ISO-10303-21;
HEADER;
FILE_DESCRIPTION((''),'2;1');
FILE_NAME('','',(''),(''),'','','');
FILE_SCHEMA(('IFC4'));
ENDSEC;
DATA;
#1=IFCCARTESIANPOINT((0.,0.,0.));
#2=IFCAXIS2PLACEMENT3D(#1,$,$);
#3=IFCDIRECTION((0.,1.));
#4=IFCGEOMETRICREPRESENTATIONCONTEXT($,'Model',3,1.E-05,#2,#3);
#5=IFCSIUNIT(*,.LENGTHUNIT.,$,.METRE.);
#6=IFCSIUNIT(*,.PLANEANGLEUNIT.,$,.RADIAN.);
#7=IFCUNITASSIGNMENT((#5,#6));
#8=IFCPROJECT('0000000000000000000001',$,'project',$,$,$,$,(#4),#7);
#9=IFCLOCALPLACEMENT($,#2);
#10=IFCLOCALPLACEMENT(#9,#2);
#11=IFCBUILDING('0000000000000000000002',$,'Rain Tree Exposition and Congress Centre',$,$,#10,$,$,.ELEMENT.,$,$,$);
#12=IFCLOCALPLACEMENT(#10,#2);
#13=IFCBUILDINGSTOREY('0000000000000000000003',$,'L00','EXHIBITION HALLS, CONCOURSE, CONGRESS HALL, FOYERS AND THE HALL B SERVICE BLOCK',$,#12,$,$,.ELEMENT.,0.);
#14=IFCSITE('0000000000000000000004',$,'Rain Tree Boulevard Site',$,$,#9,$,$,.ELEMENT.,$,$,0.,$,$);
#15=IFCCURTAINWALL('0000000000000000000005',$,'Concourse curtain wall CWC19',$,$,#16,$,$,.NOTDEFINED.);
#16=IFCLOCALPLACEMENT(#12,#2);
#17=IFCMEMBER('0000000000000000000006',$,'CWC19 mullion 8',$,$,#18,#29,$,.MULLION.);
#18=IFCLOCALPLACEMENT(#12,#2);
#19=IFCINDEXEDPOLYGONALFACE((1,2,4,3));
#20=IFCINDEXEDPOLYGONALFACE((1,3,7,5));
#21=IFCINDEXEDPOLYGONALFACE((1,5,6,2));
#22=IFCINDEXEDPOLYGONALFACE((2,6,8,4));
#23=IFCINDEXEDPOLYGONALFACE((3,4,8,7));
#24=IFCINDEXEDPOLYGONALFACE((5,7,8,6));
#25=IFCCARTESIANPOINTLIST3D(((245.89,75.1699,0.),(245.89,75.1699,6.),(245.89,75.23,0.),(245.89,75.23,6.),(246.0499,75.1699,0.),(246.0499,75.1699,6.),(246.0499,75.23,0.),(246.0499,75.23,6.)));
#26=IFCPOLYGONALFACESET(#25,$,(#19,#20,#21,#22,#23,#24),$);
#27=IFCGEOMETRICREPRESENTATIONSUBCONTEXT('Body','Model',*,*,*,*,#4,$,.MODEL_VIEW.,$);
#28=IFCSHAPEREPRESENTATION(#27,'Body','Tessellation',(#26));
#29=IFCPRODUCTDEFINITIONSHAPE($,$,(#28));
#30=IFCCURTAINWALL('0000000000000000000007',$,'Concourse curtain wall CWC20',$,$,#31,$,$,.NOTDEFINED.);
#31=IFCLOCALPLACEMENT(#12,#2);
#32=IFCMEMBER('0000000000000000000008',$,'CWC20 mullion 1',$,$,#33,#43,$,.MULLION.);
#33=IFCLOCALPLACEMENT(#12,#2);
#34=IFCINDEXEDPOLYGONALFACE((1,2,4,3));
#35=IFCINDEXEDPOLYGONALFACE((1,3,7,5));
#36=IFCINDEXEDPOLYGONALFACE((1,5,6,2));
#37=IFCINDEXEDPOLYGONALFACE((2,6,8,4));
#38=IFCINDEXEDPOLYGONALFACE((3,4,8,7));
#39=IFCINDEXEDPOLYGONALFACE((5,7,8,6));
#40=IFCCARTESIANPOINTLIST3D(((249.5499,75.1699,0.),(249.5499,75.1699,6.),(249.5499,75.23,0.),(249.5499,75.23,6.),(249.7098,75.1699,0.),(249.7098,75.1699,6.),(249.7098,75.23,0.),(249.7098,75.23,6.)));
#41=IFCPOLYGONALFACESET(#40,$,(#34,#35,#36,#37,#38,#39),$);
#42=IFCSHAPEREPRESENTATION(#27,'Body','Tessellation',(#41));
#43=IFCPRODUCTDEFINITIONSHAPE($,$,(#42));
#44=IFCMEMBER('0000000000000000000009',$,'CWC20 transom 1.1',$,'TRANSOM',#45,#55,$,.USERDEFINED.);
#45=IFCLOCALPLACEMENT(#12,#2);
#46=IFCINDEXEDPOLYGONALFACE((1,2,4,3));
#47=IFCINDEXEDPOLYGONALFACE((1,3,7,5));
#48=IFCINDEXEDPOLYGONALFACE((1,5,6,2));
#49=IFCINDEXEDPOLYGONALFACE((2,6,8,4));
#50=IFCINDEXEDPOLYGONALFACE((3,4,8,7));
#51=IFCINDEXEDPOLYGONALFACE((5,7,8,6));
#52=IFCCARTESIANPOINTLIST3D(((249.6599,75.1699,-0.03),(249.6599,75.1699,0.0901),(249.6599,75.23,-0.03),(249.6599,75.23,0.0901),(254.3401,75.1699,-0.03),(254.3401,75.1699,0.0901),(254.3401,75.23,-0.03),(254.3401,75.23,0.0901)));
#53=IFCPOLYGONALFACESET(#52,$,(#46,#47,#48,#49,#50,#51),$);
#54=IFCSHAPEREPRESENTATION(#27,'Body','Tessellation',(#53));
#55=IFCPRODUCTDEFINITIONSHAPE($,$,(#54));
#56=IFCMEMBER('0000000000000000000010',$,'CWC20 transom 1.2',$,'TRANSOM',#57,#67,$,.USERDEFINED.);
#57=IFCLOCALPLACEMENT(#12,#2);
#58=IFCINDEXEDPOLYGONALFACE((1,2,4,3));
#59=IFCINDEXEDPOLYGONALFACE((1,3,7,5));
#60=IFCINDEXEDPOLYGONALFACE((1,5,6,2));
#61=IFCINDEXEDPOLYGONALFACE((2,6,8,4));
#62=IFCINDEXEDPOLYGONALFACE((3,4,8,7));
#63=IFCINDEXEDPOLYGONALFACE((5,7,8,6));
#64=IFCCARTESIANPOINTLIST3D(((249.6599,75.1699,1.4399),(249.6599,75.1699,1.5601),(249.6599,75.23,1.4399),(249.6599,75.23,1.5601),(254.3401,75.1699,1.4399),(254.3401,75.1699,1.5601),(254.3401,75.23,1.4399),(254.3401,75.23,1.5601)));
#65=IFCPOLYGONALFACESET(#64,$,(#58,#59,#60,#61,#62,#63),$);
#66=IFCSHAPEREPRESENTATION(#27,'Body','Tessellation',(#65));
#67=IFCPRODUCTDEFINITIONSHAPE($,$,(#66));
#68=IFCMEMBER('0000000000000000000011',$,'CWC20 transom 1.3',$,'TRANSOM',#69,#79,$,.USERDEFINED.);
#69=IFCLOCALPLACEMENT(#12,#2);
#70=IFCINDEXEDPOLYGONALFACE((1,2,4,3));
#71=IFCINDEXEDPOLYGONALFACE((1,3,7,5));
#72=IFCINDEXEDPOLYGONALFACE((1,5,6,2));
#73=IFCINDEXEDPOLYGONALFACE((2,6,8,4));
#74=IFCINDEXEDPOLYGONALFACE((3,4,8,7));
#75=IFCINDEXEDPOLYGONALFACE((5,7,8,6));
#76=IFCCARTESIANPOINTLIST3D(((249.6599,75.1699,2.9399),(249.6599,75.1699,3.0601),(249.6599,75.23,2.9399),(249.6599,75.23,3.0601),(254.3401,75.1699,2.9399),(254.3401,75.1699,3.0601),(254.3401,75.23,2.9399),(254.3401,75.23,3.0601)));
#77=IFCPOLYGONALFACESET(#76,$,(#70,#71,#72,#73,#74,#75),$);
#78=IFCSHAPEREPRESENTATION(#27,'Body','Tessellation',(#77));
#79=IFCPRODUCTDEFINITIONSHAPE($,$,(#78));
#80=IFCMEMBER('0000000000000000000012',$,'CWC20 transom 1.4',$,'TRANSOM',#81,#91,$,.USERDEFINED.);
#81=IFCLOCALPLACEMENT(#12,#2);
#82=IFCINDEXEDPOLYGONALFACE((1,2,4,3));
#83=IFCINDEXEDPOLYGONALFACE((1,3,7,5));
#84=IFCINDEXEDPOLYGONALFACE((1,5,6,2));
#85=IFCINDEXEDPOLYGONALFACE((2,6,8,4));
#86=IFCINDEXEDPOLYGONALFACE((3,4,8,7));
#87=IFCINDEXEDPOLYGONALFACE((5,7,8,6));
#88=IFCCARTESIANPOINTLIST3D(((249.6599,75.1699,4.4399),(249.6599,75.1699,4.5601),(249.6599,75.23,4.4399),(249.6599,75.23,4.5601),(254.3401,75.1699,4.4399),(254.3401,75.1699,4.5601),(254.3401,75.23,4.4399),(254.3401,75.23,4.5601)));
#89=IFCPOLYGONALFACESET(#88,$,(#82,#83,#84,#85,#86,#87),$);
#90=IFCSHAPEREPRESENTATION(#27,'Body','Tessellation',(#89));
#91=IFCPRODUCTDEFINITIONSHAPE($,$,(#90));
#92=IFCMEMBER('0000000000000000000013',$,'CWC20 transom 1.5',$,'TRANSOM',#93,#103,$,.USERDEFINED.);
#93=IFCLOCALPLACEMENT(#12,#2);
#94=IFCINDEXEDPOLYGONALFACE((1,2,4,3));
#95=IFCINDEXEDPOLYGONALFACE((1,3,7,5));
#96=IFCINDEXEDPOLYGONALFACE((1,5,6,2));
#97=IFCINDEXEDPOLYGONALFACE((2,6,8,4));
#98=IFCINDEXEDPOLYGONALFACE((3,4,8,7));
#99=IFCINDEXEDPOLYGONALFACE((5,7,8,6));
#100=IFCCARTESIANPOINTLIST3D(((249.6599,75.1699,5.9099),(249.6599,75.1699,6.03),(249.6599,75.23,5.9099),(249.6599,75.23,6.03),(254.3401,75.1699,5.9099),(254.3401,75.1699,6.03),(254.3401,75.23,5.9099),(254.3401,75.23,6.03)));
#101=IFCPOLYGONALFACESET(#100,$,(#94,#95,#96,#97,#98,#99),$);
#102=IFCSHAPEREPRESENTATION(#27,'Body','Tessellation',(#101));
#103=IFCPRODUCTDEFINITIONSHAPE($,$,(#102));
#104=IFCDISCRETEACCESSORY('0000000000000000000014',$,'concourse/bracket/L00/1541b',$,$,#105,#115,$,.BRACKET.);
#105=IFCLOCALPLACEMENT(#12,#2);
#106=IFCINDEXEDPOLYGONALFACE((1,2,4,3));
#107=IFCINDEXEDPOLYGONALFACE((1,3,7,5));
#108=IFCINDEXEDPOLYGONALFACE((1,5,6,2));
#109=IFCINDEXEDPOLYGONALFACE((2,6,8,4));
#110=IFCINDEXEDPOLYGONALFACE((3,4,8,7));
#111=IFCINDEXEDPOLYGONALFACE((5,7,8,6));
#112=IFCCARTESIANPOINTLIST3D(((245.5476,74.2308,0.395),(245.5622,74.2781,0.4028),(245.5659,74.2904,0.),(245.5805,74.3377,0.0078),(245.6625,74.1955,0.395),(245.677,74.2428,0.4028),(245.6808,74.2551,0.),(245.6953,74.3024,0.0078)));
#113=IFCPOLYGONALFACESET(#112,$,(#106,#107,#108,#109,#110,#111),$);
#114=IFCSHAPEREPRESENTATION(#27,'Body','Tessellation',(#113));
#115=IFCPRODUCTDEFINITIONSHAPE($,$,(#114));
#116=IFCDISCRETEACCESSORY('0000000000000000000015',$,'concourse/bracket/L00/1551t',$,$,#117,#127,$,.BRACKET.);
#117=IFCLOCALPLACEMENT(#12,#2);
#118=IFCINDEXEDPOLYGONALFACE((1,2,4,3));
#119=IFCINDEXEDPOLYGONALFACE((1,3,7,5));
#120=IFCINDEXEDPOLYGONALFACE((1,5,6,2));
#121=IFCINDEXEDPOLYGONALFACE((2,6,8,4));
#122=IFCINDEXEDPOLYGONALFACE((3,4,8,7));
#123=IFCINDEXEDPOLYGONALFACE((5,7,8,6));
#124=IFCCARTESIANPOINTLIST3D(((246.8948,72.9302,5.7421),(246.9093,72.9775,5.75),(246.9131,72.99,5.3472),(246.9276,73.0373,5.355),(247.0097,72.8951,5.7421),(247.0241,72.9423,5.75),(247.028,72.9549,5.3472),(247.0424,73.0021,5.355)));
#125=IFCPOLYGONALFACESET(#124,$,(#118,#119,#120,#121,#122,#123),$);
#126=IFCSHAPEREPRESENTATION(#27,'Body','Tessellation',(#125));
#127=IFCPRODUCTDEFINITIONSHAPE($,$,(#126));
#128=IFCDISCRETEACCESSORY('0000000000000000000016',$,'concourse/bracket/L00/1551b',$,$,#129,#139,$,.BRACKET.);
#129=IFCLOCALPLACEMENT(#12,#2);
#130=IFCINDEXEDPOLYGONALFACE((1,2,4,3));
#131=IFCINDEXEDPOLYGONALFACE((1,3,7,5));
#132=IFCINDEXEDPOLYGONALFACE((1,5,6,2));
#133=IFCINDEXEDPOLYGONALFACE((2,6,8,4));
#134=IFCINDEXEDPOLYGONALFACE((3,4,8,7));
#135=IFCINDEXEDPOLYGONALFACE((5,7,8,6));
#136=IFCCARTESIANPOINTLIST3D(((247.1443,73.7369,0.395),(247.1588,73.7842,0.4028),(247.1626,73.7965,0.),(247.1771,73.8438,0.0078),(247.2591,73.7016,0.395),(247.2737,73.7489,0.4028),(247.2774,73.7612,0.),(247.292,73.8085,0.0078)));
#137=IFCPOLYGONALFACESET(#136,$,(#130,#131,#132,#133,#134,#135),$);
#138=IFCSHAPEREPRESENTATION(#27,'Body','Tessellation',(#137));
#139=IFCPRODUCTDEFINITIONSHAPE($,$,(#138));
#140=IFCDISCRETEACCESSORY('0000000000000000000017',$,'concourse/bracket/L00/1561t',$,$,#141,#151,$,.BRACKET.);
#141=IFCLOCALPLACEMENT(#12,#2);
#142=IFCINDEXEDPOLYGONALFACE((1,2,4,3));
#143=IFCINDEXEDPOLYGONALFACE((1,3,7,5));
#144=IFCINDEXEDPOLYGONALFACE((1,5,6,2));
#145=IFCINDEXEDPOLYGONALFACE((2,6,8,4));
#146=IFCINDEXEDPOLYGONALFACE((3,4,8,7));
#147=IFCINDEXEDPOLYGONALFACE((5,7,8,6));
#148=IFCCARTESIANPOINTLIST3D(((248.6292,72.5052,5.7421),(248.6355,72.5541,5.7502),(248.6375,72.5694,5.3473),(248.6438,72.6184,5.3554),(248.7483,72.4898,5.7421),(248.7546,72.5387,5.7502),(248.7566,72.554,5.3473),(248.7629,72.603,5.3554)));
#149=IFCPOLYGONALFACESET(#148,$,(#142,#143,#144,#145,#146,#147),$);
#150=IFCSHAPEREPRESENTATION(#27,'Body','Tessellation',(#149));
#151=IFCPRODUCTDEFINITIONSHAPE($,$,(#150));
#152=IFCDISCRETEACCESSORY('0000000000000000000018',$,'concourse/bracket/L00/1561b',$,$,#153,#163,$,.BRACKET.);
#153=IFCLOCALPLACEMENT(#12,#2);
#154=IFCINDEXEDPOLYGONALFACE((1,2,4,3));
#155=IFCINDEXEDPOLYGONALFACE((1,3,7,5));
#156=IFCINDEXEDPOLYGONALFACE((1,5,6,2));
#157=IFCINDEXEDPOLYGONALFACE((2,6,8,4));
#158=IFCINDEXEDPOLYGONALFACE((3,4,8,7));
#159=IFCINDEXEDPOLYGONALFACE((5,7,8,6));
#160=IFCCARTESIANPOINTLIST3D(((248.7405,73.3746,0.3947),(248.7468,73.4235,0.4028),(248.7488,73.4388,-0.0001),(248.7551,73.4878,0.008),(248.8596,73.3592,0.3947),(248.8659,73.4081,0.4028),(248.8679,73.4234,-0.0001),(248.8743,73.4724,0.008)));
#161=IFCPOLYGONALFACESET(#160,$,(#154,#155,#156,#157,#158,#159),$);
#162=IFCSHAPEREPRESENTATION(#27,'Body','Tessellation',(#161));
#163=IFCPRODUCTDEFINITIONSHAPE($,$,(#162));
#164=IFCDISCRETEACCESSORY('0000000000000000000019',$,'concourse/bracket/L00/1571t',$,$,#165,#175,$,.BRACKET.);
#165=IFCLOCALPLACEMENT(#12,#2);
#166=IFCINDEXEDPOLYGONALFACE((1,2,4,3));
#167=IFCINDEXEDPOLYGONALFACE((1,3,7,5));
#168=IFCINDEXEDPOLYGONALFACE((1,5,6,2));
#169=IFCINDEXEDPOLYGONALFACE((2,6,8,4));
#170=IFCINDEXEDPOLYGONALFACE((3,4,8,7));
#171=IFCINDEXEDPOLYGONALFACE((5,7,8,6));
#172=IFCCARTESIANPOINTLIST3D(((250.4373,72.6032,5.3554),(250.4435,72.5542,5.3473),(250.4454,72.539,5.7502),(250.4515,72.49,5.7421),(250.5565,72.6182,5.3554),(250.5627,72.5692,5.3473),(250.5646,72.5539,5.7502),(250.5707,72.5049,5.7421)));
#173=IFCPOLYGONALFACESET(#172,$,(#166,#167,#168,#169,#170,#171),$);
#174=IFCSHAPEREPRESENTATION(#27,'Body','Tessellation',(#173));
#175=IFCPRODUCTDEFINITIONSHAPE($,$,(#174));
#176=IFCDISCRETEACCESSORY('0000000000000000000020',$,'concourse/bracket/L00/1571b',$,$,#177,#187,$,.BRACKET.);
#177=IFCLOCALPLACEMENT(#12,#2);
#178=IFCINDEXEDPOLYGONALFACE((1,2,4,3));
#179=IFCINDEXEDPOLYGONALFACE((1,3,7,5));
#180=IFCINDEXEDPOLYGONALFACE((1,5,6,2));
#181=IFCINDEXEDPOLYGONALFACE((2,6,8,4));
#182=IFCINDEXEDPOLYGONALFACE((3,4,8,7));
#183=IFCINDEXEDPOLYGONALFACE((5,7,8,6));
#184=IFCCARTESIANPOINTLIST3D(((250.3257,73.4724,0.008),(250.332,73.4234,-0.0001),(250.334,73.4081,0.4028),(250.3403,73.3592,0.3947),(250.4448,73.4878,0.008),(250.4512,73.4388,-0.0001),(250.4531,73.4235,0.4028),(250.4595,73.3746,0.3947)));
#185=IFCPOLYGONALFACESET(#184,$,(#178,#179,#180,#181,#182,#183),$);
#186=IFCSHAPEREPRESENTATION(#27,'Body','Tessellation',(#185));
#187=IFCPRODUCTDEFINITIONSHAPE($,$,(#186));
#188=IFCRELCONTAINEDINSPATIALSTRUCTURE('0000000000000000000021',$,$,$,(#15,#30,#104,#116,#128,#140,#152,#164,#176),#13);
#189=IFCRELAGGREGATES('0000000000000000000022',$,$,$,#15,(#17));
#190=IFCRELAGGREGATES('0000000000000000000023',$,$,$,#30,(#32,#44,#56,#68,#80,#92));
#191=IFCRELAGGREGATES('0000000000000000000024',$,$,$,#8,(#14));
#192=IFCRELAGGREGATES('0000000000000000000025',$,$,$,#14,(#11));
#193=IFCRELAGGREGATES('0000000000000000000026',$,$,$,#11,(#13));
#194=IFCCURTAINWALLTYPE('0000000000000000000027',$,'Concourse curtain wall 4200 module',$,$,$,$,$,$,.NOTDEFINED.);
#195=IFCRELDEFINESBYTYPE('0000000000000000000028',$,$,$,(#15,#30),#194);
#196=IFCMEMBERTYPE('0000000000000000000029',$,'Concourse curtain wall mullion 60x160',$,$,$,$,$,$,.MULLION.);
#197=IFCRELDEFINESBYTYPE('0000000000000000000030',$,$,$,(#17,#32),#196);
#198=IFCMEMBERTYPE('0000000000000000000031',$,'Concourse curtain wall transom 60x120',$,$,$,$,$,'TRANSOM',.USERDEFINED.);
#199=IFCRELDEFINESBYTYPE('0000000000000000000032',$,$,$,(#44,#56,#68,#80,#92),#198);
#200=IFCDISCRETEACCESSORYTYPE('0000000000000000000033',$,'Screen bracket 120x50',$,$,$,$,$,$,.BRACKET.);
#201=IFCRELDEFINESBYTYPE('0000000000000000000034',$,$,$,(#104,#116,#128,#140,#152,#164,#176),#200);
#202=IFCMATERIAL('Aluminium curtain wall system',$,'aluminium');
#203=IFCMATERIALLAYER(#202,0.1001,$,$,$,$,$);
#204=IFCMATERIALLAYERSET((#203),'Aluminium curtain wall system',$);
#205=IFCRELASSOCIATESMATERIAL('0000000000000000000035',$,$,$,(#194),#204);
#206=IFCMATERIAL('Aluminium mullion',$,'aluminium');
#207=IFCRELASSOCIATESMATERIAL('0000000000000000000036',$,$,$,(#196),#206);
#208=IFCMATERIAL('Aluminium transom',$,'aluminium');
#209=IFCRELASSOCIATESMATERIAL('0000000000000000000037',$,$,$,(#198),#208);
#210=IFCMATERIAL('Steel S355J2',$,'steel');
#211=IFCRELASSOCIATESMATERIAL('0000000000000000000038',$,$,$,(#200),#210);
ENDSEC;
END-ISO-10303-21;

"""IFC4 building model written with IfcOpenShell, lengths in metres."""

from ifc_helpers import new_model, si_unit, direction, frame, origin, origin_2d, place, context, subcontext, project, spatial, rectangle, extrude, material, layer, layer_set, material_profile, profile_set, type_object, element, aggregate, save


model = new_model("IFC4")

# Units and contexts
model_context = context("Model", 3, precision=1e-05, world=origin(), true_north=direction((0.0, 1.0)))
body_context = subcontext(model_context, "Body", "Model", "MODEL_VIEW")
ifc_project = project(units=[si_unit("LENGTHUNIT", "METRE"), si_unit("PLANEANGLEUNIT", "RADIAN")], contexts=[model_context])

# Site, building, storey
site_placement = place(None, origin())
site = spatial("IfcSite", under=ifc_project, at=site_placement, Name="Rain Tree Boulevard Site", CompositionType="ELEMENT", RefElevation=0.0)
building_placement = place(site_placement, origin())
building = spatial("IfcBuilding", under=site, at=building_placement, Name="Rain Tree Exposition and Congress Centre", CompositionType="ELEMENT")
storey_placement = place(building_placement, origin())
storey = spatial("IfcBuildingStorey", under=building, at=storey_placement, Name="L00", Description="EXHIBITION HALLS, CONCOURSE, CONGRESS HALL, FOYERS AND THE HALL B SERVICE BLOCK", CompositionType="ELEMENT", Elevation=0.0)

# Curtain wall, member
ifc_material_1 = material(Name="Aluminium curtain wall system", Category="aluminium")
ifc_layer_1 = layer(ifc_material_1, 0.1001)
ifc_layer_set_1 = layer_set([ifc_layer_1], Name="Aluminium curtain wall system")
curtain_wall_type = type_object("IfcCurtainWallType", Name="Concourse curtain wall 4200 module", PredefinedType="NOTDEFINED", material=ifc_layer_set_1)
curtain_wall_1_placement = place(storey_placement, origin())
curtain_wall_1 = element("IfcCurtainWall", 1, at=curtain_wall_1_placement, inside=storey, type_object=curtain_wall_type, Name="Concourse curtain wall CWC19", PredefinedType="NOTDEFINED")
ifc_material_2 = material(Name="Aluminium mullion", Category="aluminium")
ifc_material_profile_1 = material_profile(ifc_material_2, rectangle(XDim=0.0601, YDim=0.1599, at=origin_2d()), Name="AL 60x160")
ifc_profile_set_1 = profile_set([ifc_material_profile_1], Name="Aluminium mullion")
member_type_1 = type_object("IfcMemberType", Name="Concourse curtain wall mullion 60x160", PredefinedType="MULLION", material=ifc_profile_set_1)
member_1_placement = place(storey_placement, frame((245.97, 75.2, 0.0), z_axis=(0.0, 0.0, 1.0), x_axis=(0.0, 1.0, 0.0)))
member_1 = element("IfcMember", 2, at=member_1_placement, type_object=member_type_1, Name="CWC19 mullion 8", PredefinedType="MULLION", context=body_context, shape_type="SweptSolid", body=[
    extrude(rectangle(XDim=0.0601, YDim=0.1599, at=origin_2d()), origin(), (0.0, 0.0, 1.0), 6.0),
])
aggregate(curtain_wall_1, [member_1])

# Curtain wall, members
curtain_wall_2_placement = place(storey_placement, origin())
curtain_wall_2 = element("IfcCurtainWall", 3, at=curtain_wall_2_placement, inside=storey, type_object=curtain_wall_type, Name="Concourse curtain wall CWC20", PredefinedType="NOTDEFINED")
member_2_placement = place(storey_placement, frame((249.6299, 75.2, 0.0), z_axis=(0.0, 0.0, 1.0), x_axis=(0.0, 1.0, 0.0)))
member_2 = element("IfcMember", 4, at=member_2_placement, type_object=member_type_1, Name="CWC20 mullion 1", PredefinedType="MULLION", context=body_context, shape_type="SweptSolid", body=[
    extrude(rectangle(XDim=0.0601, YDim=0.1599, at=origin_2d()), origin(), (0.0, 0.0, 1.0), 6.0),
])
ifc_material_3 = material(Name="Aluminium transom", Category="aluminium")
ifc_material_profile_2 = material_profile(ifc_material_3, rectangle(XDim=0.0601, YDim=0.1201, at=origin_2d()), Name="AL 60x120")
ifc_profile_set_2 = profile_set([ifc_material_profile_2], Name="Aluminium transom")
member_type_2 = type_object("IfcMemberType", Name="Concourse curtain wall transom 60x120", ElementType="TRANSOM", PredefinedType="USERDEFINED", material=ifc_profile_set_2)
member_3_placement = place(storey_placement, frame((249.6599, 75.2, 0.03), z_axis=(1.0, 0.0, 0.0), x_axis=(0.0, 1.0, 0.0)))
member_3 = element("IfcMember", 5, at=member_3_placement, type_object=member_type_2, Name="CWC20 transom 1.1", ObjectType="TRANSOM", PredefinedType="USERDEFINED", context=body_context, shape_type="SweptSolid", body=[
    extrude(rectangle(XDim=0.0601, YDim=0.1201, at=origin_2d()), origin(), (0.0, 0.0, 1.0), 4.6802),
])
member_4_placement = place(storey_placement, frame((249.6599, 75.2, 1.5), z_axis=(1.0, 0.0, 0.0), x_axis=(0.0, 1.0, 0.0)))
member_4 = element("IfcMember", 6, at=member_4_placement, type_object=member_type_2, Name="CWC20 transom 1.2", ObjectType="TRANSOM", PredefinedType="USERDEFINED", context=body_context, shape_type="SweptSolid", body=[
    extrude(rectangle(XDim=0.0601, YDim=0.1201, at=origin_2d()), origin(), (0.0, 0.0, 1.0), 4.6802),
])
member_5_placement = place(storey_placement, frame((249.6599, 75.2, 3.0), z_axis=(1.0, 0.0, 0.0), x_axis=(0.0, 1.0, 0.0)))
member_5 = element("IfcMember", 7, at=member_5_placement, type_object=member_type_2, Name="CWC20 transom 1.3", ObjectType="TRANSOM", PredefinedType="USERDEFINED", context=body_context, shape_type="SweptSolid", body=[
    extrude(rectangle(XDim=0.0601, YDim=0.1201, at=origin_2d()), origin(), (0.0, 0.0, 1.0), 4.6802),
])
member_6_placement = place(storey_placement, frame((249.6599, 75.2, 4.5), z_axis=(1.0, 0.0, 0.0), x_axis=(0.0, 1.0, 0.0)))
member_6 = element("IfcMember", 8, at=member_6_placement, type_object=member_type_2, Name="CWC20 transom 1.4", ObjectType="TRANSOM", PredefinedType="USERDEFINED", context=body_context, shape_type="SweptSolid", body=[
    extrude(rectangle(XDim=0.0601, YDim=0.1201, at=origin_2d()), origin(), (0.0, 0.0, 1.0), 4.6802),
])
member_7_placement = place(storey_placement, frame((249.6599, 75.2, 5.97), z_axis=(1.0, 0.0, 0.0), x_axis=(0.0, 1.0, 0.0)))
member_7 = element("IfcMember", 9, at=member_7_placement, type_object=member_type_2, Name="CWC20 transom 1.5", ObjectType="TRANSOM", PredefinedType="USERDEFINED", context=body_context, shape_type="SweptSolid", body=[
    extrude(rectangle(XDim=0.0601, YDim=0.1201, at=origin_2d()), origin(), (0.0, 0.0, 1.0), 4.6802),
])
aggregate(curtain_wall_2, [member_2, member_3, member_4, member_5, member_6, member_7])

# Discrete accessories
ifc_material_4 = material(Name="Steel S355J2", Category="steel")
ifc_material_profile_3 = material_profile(ifc_material_4, rectangle(XDim=0.1201, YDim=0.05, at=origin_2d()), Name="Flat bar 120x50")
ifc_profile_set_3 = profile_set([ifc_material_profile_3], Name="Steel S355J2")
discrete_accessory_type = type_object("IfcDiscreteAccessoryType", Name="Screen bracket 120x50", PredefinedType="BRACKET", material=ifc_profile_set_3)
for number, where, z_axis, x_axis, name in (
    (10, (245.6306, 74.2964, 0.0039), (-0.045787, -0.148961, 0.987782), (0.955864, -0.293811, 0.0), "concourse/bracket/L00/1541b"),
    (11, (246.9778, 72.9961, 5.3511), (-0.045783, -0.149558, 0.987692), (0.9562, -0.292714, 0.0), "concourse/bracket/L00/1551t"),
    (12, (247.2273, 73.8025, 0.0039), (-0.045787, -0.148961, 0.987782), (0.955864, -0.293811, 0.0), "concourse/bracket/L00/1551b"),
):
    element("IfcDiscreteAccessory", number, at=place(storey_placement, frame(where, z_axis=z_axis, x_axis=x_axis)), inside=storey, type_object=discrete_accessory_type, Name=name, PredefinedType="BRACKET", context=body_context, shape_type="SweptSolid", body=[
        extrude(rectangle(XDim=0.1201, YDim=0.05, at=origin_2d()), origin(), (0.0, 0.0, 1.0), 0.3999),
    ])
for number, where, z_axis, x_axis, name in (
    (13, (248.7002, 72.5862, 5.3513), (-0.020749, -0.160503, 0.986817), (0.991747, -0.128211, 0.0), "concourse/bracket/L00/1561t"),
    (14, (248.8115, 73.4556, 0.0039), (-0.020749, -0.160503, 0.986817), (0.991747, -0.128211, 0.0), "concourse/bracket/L00/1561b"),
    (15, (250.5, 72.5862, 5.3513), (0.020139, -0.160505, 0.98683), (0.99222, 0.124499, 0.0), "concourse/bracket/L00/1571t"),
    (16, (250.3884, 73.4556, 0.0039), (0.020749, -0.160503, 0.986817), (0.991747, 0.128211, 0.0), "concourse/bracket/L00/1571b"),
):
    element("IfcDiscreteAccessory", number, at=place(storey_placement, frame(where, z_axis=z_axis, x_axis=x_axis)), inside=storey, type_object=discrete_accessory_type, Name=name, PredefinedType="BRACKET", context=body_context, shape_type="SweptSolid", body=[
        extrude(rectangle(XDim=0.1201, YDim=0.05, at=origin_2d()), origin(), (0.0, 0.0, 1.0), 0.4001),
    ])

save(model, "model.ifc")
